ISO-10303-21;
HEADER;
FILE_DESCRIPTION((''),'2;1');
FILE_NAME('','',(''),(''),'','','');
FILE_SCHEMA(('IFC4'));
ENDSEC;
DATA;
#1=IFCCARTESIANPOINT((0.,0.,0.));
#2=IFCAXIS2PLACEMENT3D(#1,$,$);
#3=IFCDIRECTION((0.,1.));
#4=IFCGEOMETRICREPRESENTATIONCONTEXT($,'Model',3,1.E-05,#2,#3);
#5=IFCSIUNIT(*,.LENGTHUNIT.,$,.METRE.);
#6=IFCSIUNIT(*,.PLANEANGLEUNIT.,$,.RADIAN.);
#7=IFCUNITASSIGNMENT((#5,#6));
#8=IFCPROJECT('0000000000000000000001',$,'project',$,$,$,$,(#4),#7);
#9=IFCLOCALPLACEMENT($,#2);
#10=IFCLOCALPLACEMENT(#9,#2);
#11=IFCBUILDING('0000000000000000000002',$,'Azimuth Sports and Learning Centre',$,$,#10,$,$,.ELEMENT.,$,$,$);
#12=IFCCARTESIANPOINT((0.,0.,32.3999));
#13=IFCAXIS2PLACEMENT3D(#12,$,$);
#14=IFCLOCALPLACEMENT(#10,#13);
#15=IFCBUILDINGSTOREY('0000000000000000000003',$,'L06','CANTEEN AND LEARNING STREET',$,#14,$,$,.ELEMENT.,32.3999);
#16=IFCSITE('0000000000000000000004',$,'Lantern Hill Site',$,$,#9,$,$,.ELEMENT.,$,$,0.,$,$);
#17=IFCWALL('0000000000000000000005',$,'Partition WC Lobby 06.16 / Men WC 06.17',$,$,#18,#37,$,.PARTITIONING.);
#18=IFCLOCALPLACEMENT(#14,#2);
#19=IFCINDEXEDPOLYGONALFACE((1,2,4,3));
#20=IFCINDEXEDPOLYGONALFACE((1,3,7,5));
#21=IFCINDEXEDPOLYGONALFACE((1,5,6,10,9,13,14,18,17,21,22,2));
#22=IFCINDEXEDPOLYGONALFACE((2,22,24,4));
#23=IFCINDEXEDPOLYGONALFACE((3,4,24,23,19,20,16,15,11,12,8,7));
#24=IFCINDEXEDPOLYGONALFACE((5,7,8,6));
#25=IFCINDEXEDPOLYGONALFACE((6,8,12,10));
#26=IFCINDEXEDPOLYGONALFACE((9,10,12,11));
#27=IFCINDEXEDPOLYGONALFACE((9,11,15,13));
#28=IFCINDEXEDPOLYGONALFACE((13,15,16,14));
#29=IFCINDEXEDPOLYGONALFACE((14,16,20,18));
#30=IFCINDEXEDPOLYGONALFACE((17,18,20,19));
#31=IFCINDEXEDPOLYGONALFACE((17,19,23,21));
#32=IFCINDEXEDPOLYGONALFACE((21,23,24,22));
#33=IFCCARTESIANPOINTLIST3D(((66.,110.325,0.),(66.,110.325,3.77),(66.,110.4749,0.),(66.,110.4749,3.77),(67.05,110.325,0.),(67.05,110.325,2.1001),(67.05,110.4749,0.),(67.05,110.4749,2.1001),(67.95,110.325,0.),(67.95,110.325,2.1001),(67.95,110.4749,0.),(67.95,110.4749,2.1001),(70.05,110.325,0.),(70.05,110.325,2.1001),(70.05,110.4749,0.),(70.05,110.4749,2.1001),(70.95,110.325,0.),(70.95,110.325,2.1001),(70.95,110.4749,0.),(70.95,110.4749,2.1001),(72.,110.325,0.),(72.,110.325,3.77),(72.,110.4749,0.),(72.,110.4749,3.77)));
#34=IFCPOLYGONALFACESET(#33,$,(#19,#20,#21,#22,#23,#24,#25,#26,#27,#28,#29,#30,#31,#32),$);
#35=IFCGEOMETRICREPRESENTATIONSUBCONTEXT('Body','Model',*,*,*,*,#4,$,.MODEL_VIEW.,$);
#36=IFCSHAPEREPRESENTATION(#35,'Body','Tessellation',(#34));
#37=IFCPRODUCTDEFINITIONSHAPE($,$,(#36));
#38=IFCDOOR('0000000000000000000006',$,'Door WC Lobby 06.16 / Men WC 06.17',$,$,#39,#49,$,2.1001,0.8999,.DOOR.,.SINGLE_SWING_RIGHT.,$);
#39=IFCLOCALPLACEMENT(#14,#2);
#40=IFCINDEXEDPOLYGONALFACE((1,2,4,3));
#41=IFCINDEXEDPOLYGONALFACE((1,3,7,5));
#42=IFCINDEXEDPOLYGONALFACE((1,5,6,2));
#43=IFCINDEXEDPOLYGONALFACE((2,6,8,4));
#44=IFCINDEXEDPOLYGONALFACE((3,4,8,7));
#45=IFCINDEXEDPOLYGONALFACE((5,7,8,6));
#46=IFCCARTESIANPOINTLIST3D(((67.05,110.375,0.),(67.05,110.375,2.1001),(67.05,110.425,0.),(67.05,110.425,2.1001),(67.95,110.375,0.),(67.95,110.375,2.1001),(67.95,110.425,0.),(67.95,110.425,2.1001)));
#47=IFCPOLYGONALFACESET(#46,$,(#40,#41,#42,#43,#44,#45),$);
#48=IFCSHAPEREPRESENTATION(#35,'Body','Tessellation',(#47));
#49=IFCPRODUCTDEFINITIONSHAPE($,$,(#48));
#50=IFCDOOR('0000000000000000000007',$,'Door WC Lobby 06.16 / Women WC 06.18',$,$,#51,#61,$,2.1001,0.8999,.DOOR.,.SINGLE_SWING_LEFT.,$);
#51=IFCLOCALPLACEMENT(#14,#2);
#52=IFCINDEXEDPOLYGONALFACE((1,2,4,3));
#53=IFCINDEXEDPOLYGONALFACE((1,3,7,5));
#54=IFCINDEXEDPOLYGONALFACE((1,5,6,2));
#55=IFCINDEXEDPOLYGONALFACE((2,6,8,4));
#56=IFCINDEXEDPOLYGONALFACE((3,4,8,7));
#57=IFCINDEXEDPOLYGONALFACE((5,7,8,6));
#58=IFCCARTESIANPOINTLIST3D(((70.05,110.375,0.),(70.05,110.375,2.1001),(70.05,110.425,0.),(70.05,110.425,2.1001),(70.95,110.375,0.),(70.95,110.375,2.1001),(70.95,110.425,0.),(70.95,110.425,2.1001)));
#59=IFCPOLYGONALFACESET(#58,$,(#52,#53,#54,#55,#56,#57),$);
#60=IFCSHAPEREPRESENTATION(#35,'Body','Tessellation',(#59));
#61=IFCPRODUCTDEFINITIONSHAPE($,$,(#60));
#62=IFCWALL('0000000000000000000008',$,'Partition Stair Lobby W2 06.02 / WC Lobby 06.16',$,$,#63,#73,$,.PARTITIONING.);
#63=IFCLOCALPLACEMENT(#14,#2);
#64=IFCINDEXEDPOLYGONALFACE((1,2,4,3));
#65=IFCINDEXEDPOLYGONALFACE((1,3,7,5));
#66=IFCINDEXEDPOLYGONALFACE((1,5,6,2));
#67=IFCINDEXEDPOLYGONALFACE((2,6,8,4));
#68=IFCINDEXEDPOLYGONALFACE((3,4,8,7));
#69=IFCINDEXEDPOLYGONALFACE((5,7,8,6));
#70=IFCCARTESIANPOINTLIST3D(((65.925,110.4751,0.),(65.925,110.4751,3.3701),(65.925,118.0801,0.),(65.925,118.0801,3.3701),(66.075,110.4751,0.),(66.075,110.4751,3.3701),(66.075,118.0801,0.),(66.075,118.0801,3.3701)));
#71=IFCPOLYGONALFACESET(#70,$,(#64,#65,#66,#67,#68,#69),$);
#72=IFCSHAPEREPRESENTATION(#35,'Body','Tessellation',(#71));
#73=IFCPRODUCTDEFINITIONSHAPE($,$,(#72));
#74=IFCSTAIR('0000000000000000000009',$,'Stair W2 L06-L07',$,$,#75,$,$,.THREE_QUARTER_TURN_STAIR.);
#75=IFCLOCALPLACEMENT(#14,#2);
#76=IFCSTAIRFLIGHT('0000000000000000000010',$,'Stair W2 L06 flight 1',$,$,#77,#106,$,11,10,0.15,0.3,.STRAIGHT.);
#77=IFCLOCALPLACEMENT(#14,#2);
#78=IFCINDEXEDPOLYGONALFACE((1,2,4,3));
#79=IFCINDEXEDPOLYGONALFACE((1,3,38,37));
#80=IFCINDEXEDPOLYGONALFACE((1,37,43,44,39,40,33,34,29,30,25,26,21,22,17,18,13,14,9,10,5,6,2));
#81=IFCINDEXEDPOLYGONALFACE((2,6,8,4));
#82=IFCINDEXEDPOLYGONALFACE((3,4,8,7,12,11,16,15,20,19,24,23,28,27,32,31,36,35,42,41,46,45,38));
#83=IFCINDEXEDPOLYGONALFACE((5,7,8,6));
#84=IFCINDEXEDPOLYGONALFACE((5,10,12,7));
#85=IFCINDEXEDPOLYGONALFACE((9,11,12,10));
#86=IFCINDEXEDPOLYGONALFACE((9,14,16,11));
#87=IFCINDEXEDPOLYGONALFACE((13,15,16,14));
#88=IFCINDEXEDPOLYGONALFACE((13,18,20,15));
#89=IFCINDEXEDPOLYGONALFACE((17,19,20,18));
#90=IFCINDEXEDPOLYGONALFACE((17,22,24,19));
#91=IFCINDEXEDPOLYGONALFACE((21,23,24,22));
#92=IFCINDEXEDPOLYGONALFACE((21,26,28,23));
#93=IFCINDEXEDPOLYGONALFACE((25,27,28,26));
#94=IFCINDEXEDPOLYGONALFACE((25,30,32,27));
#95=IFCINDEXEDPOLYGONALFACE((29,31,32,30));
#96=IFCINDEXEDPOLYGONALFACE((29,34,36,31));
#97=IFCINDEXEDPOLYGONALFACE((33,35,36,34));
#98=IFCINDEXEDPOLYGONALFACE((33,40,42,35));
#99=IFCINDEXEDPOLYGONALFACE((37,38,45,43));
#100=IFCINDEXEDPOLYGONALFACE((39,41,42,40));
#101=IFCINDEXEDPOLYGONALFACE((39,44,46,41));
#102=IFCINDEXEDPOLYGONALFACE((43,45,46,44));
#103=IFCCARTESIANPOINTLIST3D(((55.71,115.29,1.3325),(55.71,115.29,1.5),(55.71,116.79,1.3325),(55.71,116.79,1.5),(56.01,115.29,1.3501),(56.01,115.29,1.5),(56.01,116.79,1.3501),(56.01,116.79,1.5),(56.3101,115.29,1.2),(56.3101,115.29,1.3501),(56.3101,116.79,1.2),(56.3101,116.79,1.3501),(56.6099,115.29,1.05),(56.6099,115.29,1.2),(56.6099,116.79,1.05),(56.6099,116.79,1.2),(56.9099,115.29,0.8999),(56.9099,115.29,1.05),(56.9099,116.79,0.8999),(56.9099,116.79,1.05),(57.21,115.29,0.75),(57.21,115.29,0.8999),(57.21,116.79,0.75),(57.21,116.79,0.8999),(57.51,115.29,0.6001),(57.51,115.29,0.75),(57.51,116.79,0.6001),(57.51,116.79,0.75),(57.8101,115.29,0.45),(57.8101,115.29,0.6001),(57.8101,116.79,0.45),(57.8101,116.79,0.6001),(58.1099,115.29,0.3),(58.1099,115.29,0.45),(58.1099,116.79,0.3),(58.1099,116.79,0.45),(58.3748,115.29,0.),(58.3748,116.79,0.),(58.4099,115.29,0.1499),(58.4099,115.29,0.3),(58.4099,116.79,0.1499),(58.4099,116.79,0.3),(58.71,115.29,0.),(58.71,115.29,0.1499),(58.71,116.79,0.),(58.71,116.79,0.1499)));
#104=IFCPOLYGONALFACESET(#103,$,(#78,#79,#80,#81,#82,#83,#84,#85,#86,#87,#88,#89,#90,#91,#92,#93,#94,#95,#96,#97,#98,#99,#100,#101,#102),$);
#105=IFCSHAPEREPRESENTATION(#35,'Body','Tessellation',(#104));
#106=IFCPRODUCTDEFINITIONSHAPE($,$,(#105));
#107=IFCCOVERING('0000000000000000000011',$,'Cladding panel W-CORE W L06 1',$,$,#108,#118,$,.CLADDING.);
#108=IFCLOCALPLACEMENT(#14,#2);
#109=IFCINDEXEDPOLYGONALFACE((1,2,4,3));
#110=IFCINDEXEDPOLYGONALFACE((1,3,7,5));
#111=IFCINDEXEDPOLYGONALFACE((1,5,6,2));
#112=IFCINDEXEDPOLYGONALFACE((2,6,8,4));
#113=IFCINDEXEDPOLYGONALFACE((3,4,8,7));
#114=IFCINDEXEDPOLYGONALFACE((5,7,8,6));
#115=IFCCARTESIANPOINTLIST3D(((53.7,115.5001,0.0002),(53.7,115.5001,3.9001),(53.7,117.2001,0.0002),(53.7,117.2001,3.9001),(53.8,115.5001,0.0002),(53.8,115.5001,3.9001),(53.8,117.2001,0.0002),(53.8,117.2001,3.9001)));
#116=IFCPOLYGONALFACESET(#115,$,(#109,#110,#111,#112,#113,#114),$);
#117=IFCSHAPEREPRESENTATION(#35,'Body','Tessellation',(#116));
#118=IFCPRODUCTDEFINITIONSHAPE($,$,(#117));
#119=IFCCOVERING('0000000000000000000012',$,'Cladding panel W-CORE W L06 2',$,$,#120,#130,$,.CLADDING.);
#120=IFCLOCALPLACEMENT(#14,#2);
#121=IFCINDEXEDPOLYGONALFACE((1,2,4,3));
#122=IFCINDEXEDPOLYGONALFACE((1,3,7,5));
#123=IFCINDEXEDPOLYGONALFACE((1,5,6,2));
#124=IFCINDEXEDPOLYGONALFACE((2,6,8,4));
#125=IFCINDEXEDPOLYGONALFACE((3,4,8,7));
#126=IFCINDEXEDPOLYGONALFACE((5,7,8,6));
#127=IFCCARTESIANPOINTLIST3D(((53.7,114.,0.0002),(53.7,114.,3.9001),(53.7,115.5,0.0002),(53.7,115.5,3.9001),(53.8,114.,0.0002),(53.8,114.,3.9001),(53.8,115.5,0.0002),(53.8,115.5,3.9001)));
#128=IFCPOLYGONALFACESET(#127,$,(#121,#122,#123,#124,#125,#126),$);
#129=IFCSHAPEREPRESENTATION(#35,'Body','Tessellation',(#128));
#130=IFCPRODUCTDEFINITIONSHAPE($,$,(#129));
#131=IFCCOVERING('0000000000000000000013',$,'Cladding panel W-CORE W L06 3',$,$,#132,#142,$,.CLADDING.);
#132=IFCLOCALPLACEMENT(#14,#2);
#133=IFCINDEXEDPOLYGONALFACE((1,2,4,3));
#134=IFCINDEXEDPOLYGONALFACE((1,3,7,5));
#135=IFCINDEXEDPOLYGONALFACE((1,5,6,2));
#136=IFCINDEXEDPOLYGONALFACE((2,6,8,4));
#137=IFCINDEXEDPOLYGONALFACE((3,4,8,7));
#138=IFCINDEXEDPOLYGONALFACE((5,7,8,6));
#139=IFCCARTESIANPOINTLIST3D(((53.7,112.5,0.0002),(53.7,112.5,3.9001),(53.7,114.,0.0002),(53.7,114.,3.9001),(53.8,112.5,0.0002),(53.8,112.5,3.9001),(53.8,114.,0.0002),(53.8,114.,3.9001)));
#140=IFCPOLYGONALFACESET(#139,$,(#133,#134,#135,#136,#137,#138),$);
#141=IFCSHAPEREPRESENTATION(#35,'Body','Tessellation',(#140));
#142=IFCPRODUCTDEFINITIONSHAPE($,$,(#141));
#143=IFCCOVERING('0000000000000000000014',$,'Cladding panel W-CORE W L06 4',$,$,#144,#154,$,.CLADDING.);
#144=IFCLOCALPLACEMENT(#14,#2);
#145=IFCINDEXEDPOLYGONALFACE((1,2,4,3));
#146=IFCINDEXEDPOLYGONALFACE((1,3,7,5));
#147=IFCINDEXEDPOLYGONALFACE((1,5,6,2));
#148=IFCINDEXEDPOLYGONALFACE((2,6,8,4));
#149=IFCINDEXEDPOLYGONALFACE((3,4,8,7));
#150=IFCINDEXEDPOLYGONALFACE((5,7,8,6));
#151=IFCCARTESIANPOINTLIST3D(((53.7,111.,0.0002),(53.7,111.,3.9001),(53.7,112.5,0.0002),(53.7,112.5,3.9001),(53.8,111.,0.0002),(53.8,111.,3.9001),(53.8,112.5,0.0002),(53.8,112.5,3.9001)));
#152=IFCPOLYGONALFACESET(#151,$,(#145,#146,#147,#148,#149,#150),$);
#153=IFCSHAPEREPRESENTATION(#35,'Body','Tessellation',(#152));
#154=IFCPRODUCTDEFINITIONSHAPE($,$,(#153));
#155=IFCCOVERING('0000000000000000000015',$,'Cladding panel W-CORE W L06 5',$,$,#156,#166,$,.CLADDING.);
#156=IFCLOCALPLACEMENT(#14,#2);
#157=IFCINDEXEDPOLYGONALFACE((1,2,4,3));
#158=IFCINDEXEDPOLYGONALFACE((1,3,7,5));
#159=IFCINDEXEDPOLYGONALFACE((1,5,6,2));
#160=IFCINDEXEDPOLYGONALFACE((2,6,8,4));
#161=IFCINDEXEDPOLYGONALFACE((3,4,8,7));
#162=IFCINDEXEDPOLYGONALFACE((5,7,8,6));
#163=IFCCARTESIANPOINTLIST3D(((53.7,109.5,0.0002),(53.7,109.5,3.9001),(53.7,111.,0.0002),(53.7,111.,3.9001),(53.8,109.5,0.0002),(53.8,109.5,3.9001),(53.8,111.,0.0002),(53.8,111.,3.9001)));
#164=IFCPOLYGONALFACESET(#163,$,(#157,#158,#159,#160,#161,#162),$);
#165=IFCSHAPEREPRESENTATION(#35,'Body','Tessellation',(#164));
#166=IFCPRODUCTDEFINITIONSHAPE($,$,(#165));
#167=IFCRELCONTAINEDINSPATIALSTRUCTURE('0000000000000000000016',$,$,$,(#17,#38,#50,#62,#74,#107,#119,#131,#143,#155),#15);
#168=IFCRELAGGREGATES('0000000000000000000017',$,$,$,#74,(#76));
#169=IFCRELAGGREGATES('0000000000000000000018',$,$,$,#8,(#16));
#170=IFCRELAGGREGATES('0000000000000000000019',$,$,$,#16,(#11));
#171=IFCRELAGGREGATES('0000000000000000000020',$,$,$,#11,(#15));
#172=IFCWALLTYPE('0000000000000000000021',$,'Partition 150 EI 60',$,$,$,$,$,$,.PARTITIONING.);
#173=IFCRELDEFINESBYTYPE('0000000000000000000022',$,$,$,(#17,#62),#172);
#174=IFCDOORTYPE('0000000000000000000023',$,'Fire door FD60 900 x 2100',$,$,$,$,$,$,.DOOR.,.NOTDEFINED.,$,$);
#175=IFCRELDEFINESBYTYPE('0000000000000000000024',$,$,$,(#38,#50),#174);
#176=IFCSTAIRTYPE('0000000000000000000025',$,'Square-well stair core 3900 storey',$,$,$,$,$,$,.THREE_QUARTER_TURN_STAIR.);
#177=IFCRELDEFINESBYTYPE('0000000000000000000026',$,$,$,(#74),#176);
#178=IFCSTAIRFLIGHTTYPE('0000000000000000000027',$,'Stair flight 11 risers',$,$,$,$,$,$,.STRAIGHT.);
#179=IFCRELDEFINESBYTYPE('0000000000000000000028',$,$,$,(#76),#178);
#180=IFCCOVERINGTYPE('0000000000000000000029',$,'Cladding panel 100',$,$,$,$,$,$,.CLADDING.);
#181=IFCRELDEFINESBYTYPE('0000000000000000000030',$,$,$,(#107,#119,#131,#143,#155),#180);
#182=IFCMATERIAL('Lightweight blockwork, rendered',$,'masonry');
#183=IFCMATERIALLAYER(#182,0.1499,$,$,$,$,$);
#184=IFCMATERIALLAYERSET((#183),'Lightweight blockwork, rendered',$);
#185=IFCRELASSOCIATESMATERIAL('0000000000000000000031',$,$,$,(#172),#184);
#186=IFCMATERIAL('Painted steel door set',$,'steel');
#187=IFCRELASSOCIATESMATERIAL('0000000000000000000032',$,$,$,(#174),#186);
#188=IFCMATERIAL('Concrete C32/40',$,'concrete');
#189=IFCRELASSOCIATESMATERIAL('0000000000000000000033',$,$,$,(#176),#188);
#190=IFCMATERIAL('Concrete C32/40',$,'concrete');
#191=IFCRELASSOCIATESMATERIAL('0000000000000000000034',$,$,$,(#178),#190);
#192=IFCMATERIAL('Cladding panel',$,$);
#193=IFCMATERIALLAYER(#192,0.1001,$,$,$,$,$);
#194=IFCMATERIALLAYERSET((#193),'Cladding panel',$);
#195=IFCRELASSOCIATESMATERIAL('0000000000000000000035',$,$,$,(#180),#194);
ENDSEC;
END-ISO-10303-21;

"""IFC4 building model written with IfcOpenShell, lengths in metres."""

from ifc_helpers import new_model, si_unit, direction, frame, frame_2d, origin, origin_2d, place, context, subcontext, project, spatial, polyline, rectangle, outline, extrude, material, layer, layer_set, type_object, element, fill, aggregate, save


model = new_model("IFC4")

# Units and contexts
model_context = context("Model", 3, precision=1e-05, world=origin(), true_north=direction((0.0, 1.0)))
body_context = subcontext(model_context, "Body", "Model", "MODEL_VIEW")
ifc_project = project(units=[si_unit("LENGTHUNIT", "METRE"), si_unit("PLANEANGLEUNIT", "RADIAN")], contexts=[model_context])

# Site, building, storey
site_placement = place(None, origin())
site = spatial("IfcSite", under=ifc_project, at=site_placement, Name="Lantern Hill Site", CompositionType="ELEMENT", RefElevation=0.0)
building_placement = place(site_placement, origin())
building = spatial("IfcBuilding", under=site, at=building_placement, Name="Azimuth Sports and Learning Centre", CompositionType="ELEMENT")
storey_placement = place(building_placement, frame((0.0, 0.0, 32.3999)))
storey = spatial("IfcBuildingStorey", under=building, at=storey_placement, Name="L06", Description="CANTEEN AND LEARNING STREET", CompositionType="ELEMENT", Elevation=32.3999)

# Wall, openings, doors
ifc_material_1 = material(Name="Lightweight blockwork, rendered", Category="masonry")
ifc_layer_1 = layer(ifc_material_1, 0.1499)
ifc_layer_set_1 = layer_set([ifc_layer_1], Name="Lightweight blockwork, rendered")
wall_type = type_object("IfcWallType", Name="Partition 150 EI 60", PredefinedType="PARTITIONING", material=ifc_layer_set_1)
wall_1_placement = place(storey_placement, frame((66.0, 110.3999, 0.0), z_axis=(0.0, 0.0, 1.0), x_axis=(1.0, 0.0, 0.0)))
wall_1 = element("IfcWall", 1, at=wall_1_placement, inside=storey, type_object=wall_type, Name="Partition WC Lobby 06.16 / Men WC 06.17", PredefinedType="PARTITIONING", context=body_context, shape_type="SweptSolid", body=[
    extrude(rectangle(XDim=6.0, YDim=0.1499, at=frame_2d((3.0, 0.0))), origin(), (0.0, 0.0, 1.0), 3.77),
])
opening_1_placement = place(wall_1_placement, frame((1.05, 0.0, 0.0)))
opening_1 = element("IfcOpeningElement", 2, at=opening_1_placement, cuts=wall_1, PredefinedType="OPENING", context=body_context, shape_type="SweptSolid", body=[
    extrude(rectangle(XDim=0.8999, YDim=2.1001, at=frame_2d((0.45, 1.05))), frame((0.0, 0.0859, 0.0), z_axis=(0.0, -1.0, 0.0), x_axis=(1.0, 0.0, 0.0)), (0.0, 0.0, 1.0), 0.1719),
])
opening_2_placement = place(wall_1_placement, frame((4.05, 0.0, 0.0)))
opening_2 = element("IfcOpeningElement", 3, at=opening_2_placement, cuts=wall_1, PredefinedType="OPENING", context=body_context, shape_type="SweptSolid", body=[
    extrude(rectangle(XDim=0.8999, YDim=2.1001, at=frame_2d((0.45, 1.05))), frame((0.0, 0.0859, 0.0), z_axis=(0.0, -1.0, 0.0), x_axis=(1.0, 0.0, 0.0)), (0.0, 0.0, 1.0), 0.1719),
])
ifc_material_2 = material(Name="Painted steel door set", Category="steel")
door_type = type_object("IfcDoorType", Name="Fire door FD60 900 x 2100", OperationType="NOTDEFINED", PredefinedType="DOOR", material=ifc_material_2)
door_1_placement = place(opening_1_placement, frame((0.8999, 0.0, 0.0), z_axis=(0.0, 0.0, 1.0), x_axis=(-1.0, 0.0, 0.0)))
door_1 = element("IfcDoor", 4, at=door_1_placement, inside=storey, type_object=door_type, Name="Door WC Lobby 06.16 / Men WC 06.17", OperationType="SINGLE_SWING_RIGHT", OverallHeight=2.1001, OverallWidth=0.8999, PredefinedType="DOOR", context=body_context, shape_type="SweptSolid", body=[
    extrude(rectangle(XDim=0.8999, YDim=2.1001, at=frame_2d((0.45, 1.05))), frame((0.0, 0.0249, 0.0), z_axis=(0.0, -1.0, 0.0), x_axis=(1.0, 0.0, 0.0)), (0.0, 0.0, 1.0), 0.05),
])
fill(opening_1, door_1)
door_2_placement = place(opening_2_placement, frame((0.8999, 0.0, 0.0), z_axis=(0.0, 0.0, 1.0), x_axis=(-1.0, 0.0, 0.0)))
door_2 = element("IfcDoor", 5, at=door_2_placement, inside=storey, type_object=door_type, Name="Door WC Lobby 06.16 / Women WC 06.18", OperationType="SINGLE_SWING_LEFT", OverallHeight=2.1001, OverallWidth=0.8999, PredefinedType="DOOR", context=body_context, shape_type="SweptSolid", body=[
    extrude(rectangle(XDim=0.8999, YDim=2.1001, at=frame_2d((0.45, 1.05))), frame((0.0, 0.0249, 0.0), z_axis=(0.0, -1.0, 0.0), x_axis=(1.0, 0.0, 0.0)), (0.0, 0.0, 1.0), 0.05),
])
fill(opening_2, door_2)

# Wall
wall_2_placement = place(storey_placement, frame((66.0, 110.4751, 0.0), z_axis=(0.0, 0.0, 1.0), x_axis=(0.0, 1.0, 0.0)))
element("IfcWall", 6, at=wall_2_placement, inside=storey, type_object=wall_type, Name="Partition Stair Lobby W2 06.02 / WC Lobby 06.16", PredefinedType="PARTITIONING", context=body_context, shape_type="SweptSolid", body=[
    extrude(rectangle(XDim=7.605, YDim=0.1499, at=frame_2d((3.8025, 0.0))), origin(), (0.0, 0.0, 1.0), 3.3701),
])

# Stair, stair flight
ifc_material_3 = material(Name="Concrete C32/40", Category="concrete")
stair_type = type_object("IfcStairType", Name="Square-well stair core 3900 storey", PredefinedType="THREE_QUARTER_TURN_STAIR", material=ifc_material_3)
stair_placement = place(storey_placement, origin())
stair = element("IfcStair", 7, at=stair_placement, inside=storey, type_object=stair_type, Name="Stair W2 L06-L07", PredefinedType="THREE_QUARTER_TURN_STAIR")
ifc_material_4 = material(Name="Concrete C32/40", Category="concrete")
stair_flight_type = type_object("IfcStairFlightType", Name="Stair flight 11 risers", PredefinedType="STRAIGHT", material=ifc_material_4)
stair_flight_placement = place(storey_placement, frame((58.71, 116.04, 0.0), z_axis=(0.0, 0.0, 1.0), x_axis=(-1.0, 0.0, 0.0)))
stair_flight = element("IfcStairFlight", 8, at=stair_flight_placement, type_object=stair_flight_type, Name="Stair W2 L06 flight 1", NumberOfRisers=11, NumberOfTreads=10, PredefinedType="STRAIGHT", RiserHeight=0.15, TreadLength=0.3, context=body_context, shape_type="SweptSolid", body=[
    extrude(outline(polyline([(0.0, 0.0), (0.0, 0.1499), (0.3, 0.1499), (0.3, 0.3), (0.6001, 0.3), (0.6001, 0.45), (0.8999, 0.45), (0.8999, 0.6001), (1.2, 0.6001), (1.2, 0.75), (1.5, 0.75), (1.5, 0.8999), (1.8, 0.8999), (1.8, 1.05), (2.1001, 1.05), (2.1001, 1.2), (2.3999, 1.2), (2.3999, 1.3501), (2.7, 1.3501), (2.7, 1.5), (3.0, 1.5), (3.0, 1.6499), (3.0, 1.3325), (0.3352, 0.0), (0.0, 0.0)])), frame((0.0, 0.75, 0.0), z_axis=(0.0, -1.0, 0.0), x_axis=(1.0, 0.0, 0.0)), (0.0, 0.0, 1.0), 1.5),
])
aggregate(stair, [stair_flight])

# Coverings
ifc_material_5 = material(Name="Cladding panel")
ifc_layer_2 = layer(ifc_material_5, 0.1001)
ifc_layer_set_2 = layer_set([ifc_layer_2], Name="Cladding panel")
covering_type = type_object("IfcCoveringType", Name="Cladding panel 100", PredefinedType="CLADDING", material=ifc_layer_set_2)
covering_placement = place(storey_placement, frame((53.75, 116.3501, 0.0002), z_axis=(0.0, 0.0, 1.0), x_axis=(0.0, -1.0, 0.0)))
element("IfcCovering", 9, at=covering_placement, inside=storey, type_object=covering_type, Name="Cladding panel W-CORE W L06 1", PredefinedType="CLADDING", context=body_context, shape_type="SweptSolid", body=[
    extrude(rectangle(XDim=1.7, YDim=0.1001, at=origin_2d()), origin(), (0.0, 0.0, 1.0), 3.8999),
])
for number, where, z_axis, x_axis, name in (
    (10, (53.75, 114.75, 0.0002), (0.0, 0.0, 1.0), (0.0, -1.0, 0.0), "Cladding panel W-CORE W L06 2"),
    (11, (53.75, 113.25, 0.0002), (0.0, 0.0, 1.0), (0.0, -1.0, 0.0), "Cladding panel W-CORE W L06 3"),
    (12, (53.75, 111.75, 0.0002), (0.0, 0.0, 1.0), (0.0, -1.0, 0.0), "Cladding panel W-CORE W L06 4"),
    (13, (53.75, 110.25, 0.0002), (0.0, 0.0, 1.0), (0.0, -1.0, 0.0), "Cladding panel W-CORE W L06 5"),
):
    element("IfcCovering", number, at=place(storey_placement, frame(where, z_axis=z_axis, x_axis=x_axis)), inside=storey, type_object=covering_type, Name=name, PredefinedType="CLADDING", context=body_context, shape_type="SweptSolid", body=[
        extrude(rectangle(XDim=1.5, YDim=0.1001, at=origin_2d()), origin(), (0.0, 0.0, 1.0), 3.8999),
    ])

save(model, "model.ifc")
